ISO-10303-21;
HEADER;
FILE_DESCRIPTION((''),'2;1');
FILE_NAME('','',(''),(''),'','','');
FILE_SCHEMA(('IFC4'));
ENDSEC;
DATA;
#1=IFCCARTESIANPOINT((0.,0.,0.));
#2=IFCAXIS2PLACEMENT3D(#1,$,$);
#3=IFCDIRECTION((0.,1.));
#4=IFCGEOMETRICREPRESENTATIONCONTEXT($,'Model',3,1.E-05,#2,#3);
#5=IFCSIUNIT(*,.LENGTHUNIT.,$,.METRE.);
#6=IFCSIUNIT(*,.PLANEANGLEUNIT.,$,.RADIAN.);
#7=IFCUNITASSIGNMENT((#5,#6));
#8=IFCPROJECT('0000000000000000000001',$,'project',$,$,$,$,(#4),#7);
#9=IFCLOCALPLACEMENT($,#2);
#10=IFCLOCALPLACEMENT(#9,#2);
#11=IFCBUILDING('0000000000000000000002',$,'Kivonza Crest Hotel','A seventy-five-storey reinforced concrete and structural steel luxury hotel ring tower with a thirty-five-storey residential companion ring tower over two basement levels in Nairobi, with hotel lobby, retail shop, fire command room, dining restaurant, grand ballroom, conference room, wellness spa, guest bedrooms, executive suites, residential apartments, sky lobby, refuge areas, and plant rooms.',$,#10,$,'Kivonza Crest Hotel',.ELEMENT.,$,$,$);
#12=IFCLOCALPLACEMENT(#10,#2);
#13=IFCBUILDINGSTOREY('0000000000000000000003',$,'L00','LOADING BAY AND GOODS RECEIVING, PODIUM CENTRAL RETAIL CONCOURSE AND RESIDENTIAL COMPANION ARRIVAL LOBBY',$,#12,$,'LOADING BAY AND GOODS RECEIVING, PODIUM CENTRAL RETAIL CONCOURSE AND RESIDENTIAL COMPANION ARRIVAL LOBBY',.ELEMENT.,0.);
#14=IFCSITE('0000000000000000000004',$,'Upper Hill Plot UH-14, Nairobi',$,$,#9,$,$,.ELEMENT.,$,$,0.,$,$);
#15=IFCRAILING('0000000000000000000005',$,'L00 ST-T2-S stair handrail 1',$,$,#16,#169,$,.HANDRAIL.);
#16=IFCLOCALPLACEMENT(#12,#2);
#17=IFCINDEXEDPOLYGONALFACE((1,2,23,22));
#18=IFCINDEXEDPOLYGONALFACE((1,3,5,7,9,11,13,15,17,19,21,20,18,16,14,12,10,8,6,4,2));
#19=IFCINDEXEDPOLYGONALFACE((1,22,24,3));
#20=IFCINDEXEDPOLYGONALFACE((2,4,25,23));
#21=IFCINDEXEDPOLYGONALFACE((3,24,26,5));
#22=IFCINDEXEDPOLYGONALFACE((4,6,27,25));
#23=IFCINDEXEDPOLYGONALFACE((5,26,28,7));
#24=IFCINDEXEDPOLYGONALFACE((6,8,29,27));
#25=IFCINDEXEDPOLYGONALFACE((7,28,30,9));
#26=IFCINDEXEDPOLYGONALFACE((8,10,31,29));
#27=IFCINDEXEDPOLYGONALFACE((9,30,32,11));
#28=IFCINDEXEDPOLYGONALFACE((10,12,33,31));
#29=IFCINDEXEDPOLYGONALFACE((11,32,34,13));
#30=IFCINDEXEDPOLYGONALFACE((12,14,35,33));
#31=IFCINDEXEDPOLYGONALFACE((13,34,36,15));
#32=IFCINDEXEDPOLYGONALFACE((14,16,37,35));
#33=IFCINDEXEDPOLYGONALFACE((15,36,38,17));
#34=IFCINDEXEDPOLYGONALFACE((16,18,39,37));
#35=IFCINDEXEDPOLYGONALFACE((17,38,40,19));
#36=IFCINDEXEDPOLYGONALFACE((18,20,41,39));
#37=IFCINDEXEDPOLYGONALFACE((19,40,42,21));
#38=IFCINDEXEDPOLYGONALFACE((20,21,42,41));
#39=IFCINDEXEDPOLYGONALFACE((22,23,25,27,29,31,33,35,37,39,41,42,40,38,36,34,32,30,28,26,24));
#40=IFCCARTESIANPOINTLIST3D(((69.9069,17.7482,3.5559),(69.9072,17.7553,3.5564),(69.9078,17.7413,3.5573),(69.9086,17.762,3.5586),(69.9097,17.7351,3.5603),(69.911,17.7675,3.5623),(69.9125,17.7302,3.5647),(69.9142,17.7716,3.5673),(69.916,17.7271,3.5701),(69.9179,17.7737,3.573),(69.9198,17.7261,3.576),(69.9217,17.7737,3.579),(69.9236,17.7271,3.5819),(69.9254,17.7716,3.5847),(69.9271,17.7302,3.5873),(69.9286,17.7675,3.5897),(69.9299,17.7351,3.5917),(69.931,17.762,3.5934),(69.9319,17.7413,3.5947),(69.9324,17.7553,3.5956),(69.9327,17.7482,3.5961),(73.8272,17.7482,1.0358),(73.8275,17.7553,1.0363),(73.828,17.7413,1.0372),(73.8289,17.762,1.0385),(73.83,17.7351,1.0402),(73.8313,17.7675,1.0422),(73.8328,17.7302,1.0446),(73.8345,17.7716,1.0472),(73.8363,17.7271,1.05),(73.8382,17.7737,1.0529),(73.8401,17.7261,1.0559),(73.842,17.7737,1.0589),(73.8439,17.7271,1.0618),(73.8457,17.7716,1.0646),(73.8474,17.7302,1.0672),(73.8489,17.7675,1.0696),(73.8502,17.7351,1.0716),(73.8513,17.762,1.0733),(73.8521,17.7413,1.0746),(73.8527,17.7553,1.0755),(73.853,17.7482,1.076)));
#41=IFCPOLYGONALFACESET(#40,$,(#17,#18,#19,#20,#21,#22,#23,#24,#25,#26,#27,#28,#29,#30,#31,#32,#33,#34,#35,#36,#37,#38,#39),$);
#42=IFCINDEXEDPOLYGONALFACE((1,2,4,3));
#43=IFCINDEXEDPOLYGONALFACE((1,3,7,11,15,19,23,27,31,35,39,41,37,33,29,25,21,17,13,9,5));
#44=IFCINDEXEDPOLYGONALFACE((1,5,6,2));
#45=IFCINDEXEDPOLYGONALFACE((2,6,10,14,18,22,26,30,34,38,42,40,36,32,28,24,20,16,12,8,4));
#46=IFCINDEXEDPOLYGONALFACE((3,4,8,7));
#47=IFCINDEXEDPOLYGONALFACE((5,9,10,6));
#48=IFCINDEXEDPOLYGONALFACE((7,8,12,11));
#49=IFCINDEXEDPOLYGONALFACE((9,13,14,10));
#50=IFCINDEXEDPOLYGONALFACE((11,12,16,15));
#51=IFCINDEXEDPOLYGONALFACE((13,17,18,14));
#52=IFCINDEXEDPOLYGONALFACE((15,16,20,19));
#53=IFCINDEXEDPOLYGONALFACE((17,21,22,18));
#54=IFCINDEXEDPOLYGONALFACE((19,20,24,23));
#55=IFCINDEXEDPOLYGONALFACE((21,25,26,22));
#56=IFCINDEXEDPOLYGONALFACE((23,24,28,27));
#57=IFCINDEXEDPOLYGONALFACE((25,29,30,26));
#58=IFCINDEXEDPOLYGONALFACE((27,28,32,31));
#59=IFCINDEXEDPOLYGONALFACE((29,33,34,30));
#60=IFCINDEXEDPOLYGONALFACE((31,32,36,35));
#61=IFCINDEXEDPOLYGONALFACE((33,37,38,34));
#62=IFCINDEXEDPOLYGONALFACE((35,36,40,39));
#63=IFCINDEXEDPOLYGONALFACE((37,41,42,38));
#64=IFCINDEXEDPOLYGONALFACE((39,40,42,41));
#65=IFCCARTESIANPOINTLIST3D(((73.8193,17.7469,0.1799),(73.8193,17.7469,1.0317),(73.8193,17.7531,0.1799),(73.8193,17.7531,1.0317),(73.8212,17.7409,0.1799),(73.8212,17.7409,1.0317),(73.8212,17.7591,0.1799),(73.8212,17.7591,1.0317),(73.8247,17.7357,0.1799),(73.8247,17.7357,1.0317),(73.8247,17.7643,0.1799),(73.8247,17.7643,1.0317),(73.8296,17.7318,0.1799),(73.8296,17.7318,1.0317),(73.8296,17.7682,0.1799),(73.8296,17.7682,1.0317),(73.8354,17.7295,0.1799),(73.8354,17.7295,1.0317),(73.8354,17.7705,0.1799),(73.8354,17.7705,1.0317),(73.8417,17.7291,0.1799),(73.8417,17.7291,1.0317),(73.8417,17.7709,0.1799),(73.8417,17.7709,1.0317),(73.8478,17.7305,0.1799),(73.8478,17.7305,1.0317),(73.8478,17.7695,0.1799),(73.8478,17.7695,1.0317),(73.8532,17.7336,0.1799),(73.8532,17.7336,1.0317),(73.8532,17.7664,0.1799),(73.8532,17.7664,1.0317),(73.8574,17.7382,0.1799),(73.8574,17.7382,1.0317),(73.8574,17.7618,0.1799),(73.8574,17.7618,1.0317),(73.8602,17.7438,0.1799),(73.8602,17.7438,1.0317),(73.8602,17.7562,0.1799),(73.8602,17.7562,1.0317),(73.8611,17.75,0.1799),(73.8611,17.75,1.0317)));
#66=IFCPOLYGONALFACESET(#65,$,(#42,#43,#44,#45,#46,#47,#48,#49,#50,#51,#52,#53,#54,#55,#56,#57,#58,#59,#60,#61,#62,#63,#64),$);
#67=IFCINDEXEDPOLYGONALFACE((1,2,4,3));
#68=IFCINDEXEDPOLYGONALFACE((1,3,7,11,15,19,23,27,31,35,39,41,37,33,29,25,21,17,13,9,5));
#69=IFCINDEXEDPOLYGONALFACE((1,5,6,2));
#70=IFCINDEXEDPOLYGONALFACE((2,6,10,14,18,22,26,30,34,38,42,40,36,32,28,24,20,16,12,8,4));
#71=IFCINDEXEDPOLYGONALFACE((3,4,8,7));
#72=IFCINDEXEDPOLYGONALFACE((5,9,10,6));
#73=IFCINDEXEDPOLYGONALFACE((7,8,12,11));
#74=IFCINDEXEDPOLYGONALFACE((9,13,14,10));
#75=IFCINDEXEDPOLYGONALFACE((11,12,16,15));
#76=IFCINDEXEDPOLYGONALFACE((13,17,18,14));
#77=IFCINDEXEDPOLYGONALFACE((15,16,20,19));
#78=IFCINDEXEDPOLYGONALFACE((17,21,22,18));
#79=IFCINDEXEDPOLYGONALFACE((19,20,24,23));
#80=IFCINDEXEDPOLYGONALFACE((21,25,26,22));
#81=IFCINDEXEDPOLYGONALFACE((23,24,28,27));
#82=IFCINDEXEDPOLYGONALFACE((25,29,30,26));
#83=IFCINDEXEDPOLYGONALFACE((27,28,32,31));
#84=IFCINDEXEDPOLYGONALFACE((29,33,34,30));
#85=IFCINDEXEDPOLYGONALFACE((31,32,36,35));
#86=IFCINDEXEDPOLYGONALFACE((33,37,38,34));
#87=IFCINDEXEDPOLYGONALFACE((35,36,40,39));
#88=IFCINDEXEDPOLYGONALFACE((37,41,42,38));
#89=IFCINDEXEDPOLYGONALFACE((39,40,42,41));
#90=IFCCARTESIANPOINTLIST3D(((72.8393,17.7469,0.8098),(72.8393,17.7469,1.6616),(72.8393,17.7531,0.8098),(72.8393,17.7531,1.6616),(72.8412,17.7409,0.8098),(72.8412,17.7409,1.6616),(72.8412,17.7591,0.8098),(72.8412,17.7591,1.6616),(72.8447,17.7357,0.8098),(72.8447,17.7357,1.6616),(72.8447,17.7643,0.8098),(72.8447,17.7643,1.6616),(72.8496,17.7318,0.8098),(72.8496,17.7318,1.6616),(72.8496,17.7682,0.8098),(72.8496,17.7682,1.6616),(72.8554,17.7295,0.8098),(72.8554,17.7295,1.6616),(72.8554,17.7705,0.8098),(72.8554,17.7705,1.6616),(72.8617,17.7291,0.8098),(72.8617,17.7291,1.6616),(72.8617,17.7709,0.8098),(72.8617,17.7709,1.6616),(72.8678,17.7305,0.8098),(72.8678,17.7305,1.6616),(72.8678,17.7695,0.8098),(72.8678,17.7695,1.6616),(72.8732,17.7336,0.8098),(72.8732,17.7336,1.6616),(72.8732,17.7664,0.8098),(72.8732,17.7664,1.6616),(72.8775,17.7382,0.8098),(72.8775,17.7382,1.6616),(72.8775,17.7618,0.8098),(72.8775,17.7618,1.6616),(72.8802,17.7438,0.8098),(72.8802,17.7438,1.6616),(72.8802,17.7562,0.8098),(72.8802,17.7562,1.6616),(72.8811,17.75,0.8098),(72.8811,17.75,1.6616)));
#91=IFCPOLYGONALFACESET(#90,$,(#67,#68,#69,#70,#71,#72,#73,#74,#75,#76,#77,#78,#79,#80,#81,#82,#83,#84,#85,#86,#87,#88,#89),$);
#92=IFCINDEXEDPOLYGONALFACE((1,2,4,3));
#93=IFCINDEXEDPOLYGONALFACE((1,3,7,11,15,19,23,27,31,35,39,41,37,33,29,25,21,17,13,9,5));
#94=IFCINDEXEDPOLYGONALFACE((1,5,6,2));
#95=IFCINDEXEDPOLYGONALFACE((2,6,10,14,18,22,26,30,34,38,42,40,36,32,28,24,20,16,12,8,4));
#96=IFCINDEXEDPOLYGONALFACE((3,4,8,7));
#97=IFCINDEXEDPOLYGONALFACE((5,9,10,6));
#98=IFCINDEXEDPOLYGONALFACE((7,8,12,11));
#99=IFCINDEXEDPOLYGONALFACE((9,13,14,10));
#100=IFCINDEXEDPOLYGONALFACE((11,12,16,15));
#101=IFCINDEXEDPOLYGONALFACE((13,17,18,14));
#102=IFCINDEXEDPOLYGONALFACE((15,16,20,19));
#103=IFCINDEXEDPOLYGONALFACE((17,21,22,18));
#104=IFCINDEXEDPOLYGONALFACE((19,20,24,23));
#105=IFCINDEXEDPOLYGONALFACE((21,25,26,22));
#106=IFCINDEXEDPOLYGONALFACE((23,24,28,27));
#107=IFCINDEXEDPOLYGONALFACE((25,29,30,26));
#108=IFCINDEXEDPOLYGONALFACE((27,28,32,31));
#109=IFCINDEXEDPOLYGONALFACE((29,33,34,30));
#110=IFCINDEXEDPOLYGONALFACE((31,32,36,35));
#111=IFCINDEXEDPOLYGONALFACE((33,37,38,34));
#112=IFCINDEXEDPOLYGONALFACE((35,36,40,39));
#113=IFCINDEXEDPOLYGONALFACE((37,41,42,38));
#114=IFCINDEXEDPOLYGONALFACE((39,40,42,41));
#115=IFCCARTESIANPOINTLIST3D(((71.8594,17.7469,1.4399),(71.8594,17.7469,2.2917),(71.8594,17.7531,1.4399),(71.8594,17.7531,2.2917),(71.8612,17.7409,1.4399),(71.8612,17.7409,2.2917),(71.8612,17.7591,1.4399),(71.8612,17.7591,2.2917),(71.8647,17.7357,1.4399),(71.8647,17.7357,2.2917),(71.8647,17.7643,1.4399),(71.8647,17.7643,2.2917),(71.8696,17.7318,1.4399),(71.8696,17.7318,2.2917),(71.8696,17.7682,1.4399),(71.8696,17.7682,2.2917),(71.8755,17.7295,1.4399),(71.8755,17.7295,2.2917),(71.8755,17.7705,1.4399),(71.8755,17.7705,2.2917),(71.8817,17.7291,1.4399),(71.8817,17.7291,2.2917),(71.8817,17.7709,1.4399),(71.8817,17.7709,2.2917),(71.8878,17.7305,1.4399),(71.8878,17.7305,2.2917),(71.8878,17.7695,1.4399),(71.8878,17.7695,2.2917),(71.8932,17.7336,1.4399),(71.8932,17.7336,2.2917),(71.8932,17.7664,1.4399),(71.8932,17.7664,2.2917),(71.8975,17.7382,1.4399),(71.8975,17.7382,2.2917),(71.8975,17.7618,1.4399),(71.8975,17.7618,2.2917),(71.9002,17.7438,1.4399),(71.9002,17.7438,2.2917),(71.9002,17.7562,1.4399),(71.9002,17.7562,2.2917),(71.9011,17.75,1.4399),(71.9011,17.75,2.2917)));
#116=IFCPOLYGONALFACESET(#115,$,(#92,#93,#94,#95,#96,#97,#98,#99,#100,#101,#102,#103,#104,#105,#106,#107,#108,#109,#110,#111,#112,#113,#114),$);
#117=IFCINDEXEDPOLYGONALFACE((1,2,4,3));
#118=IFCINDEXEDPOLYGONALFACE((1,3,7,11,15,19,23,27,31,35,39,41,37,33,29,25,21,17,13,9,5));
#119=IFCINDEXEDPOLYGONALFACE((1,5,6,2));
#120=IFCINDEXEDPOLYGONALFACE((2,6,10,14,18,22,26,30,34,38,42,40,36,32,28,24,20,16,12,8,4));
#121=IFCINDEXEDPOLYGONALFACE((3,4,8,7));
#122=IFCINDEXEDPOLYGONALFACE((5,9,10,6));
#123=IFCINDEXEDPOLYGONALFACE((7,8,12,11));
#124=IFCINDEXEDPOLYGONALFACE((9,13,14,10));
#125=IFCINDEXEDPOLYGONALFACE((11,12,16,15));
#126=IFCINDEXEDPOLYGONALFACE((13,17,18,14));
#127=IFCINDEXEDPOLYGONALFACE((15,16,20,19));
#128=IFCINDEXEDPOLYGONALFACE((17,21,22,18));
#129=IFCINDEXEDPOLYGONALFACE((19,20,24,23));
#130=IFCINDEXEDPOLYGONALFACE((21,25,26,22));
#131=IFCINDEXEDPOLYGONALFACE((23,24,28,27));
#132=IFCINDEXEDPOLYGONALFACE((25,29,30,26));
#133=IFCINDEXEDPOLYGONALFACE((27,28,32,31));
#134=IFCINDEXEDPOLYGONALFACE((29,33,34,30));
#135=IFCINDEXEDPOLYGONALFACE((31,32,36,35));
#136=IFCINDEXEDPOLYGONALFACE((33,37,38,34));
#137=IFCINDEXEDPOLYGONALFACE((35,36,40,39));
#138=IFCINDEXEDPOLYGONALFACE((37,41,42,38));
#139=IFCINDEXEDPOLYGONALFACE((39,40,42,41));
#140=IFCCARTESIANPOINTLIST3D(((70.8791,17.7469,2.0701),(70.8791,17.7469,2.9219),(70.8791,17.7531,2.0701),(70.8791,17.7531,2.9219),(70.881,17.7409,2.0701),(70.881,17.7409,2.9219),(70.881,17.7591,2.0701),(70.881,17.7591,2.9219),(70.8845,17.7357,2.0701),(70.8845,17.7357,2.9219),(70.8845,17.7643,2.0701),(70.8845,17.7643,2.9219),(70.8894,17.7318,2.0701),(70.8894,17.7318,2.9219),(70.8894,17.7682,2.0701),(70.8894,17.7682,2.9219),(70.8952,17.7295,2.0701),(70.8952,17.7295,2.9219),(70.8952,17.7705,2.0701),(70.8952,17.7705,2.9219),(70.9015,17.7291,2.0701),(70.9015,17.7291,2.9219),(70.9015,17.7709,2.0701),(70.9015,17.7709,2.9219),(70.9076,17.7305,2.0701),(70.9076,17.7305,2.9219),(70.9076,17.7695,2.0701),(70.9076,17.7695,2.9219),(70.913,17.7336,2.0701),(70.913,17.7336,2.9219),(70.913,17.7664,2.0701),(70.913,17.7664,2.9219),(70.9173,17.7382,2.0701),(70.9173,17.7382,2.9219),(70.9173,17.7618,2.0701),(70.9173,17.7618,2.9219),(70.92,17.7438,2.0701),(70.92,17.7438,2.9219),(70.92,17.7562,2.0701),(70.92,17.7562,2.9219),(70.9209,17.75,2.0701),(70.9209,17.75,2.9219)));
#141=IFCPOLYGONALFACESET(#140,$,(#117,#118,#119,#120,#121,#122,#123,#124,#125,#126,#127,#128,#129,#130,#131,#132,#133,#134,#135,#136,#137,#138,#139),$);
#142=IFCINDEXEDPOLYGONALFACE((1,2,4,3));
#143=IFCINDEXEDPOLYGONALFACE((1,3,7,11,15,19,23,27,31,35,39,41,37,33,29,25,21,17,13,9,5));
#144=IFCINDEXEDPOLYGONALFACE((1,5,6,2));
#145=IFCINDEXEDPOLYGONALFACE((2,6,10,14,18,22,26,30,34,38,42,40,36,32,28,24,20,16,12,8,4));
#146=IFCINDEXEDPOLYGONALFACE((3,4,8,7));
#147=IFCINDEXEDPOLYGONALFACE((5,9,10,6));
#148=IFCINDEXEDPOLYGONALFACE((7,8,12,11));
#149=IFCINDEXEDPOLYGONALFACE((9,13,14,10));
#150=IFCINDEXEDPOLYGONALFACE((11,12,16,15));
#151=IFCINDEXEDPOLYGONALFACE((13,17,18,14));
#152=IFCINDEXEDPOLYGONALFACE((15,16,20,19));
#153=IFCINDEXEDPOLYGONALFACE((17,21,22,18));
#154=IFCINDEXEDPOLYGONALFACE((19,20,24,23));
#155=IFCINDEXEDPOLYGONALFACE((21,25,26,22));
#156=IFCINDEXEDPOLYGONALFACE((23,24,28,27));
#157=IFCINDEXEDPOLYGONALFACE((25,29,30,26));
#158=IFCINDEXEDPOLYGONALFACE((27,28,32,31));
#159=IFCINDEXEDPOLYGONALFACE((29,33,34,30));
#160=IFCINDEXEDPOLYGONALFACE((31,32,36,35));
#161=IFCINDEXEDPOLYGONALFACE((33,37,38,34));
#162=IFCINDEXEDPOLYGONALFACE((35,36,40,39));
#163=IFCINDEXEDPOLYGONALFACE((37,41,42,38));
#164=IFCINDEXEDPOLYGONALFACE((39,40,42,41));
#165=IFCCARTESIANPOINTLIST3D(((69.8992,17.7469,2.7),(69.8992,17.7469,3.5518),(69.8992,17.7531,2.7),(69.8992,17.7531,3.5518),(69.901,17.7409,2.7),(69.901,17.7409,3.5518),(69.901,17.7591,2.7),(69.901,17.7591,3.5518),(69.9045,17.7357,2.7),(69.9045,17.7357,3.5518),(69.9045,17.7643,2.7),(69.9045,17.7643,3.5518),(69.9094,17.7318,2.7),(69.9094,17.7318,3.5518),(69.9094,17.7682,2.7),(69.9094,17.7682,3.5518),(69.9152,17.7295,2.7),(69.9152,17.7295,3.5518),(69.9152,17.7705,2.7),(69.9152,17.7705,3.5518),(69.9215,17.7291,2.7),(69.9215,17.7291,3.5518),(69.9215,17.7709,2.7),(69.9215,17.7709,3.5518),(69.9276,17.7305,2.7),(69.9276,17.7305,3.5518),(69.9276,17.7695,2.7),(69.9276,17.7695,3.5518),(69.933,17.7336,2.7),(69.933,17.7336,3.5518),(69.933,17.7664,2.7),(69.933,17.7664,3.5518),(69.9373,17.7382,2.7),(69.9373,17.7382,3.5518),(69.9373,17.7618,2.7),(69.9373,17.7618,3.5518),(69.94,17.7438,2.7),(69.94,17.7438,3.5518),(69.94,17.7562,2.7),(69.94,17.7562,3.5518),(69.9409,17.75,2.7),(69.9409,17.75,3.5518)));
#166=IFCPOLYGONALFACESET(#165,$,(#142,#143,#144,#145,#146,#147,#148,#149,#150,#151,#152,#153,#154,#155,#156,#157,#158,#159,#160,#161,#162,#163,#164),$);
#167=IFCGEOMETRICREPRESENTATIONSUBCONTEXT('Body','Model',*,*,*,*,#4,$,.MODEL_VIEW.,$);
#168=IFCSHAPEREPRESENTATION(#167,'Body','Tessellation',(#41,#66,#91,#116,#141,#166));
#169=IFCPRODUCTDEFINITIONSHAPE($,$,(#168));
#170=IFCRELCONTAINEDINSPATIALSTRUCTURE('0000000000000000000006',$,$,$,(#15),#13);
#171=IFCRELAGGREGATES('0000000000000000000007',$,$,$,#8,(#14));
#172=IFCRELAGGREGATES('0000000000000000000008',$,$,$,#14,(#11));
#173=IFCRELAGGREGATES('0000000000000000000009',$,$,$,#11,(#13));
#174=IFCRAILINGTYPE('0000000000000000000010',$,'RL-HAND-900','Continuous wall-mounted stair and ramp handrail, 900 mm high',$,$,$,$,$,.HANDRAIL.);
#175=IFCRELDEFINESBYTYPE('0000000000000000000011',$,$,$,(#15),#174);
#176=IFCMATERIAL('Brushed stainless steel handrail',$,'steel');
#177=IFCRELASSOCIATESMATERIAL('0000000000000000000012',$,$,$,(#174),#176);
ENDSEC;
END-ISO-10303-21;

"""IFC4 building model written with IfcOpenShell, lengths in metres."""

from ifc_helpers import new_model, si_unit, direction, frame, origin, origin_2d, place, context, subcontext, project, spatial, circle, extrude, material, type_object, element, save


model = new_model("IFC4")

# Units and contexts
model_context = context("Model", 3, precision=1e-05, world=origin(), true_north=direction((0.0, 1.0)))
body_context = subcontext(model_context, "Body", "Model", "MODEL_VIEW")
ifc_project = project(units=[si_unit("LENGTHUNIT", "METRE"), si_unit("PLANEANGLEUNIT", "RADIAN")], contexts=[model_context])

# Site, building, storey
site_placement = place(None, origin())
site = spatial("IfcSite", under=ifc_project, at=site_placement, Name="Upper Hill Plot UH-14, Nairobi", CompositionType="ELEMENT", RefElevation=0.0)
building_placement = place(site_placement, origin())
building = spatial("IfcBuilding", under=site, at=building_placement, Name="Kivonza Crest Hotel", Description="A seventy-five-storey reinforced concrete and structural steel luxury hotel ring tower with a thirty-five-storey residential companion ring tower over two basement levels in Nairobi, with hotel lobby, retail shop, fire command room, dining restaurant, grand ballroom, conference room, wellness spa, guest bedrooms, executive suites, residential apartments, sky lobby, refuge areas, and plant rooms.", LongName="Kivonza Crest Hotel", CompositionType="ELEMENT")
storey_placement = place(building_placement, origin())
storey = spatial("IfcBuildingStorey", under=building, at=storey_placement, Name="L00", Description="LOADING BAY AND GOODS RECEIVING, PODIUM CENTRAL RETAIL CONCOURSE AND RESIDENTIAL COMPANION ARRIVAL LOBBY", LongName="LOADING BAY AND GOODS RECEIVING, PODIUM CENTRAL RETAIL CONCOURSE AND RESIDENTIAL COMPANION ARRIVAL LOBBY", CompositionType="ELEMENT", Elevation=0.0)

# Railing
ifc_material_1 = material(Name="Brushed stainless steel handrail", Category="steel")
railing_type_1 = type_object("IfcRailingType", Name="RL-HAND-900", Description="Continuous wall-mounted stair and ramp handrail, 900 mm high", PredefinedType="HANDRAIL", material=ifc_material_1)
railing_1_placement = place(storey_placement, frame((73.8401, 17.75, 0.1799)))
element("IfcRailing", 1, at=railing_1_placement, inside=storey, type_object=railing_type_1, Name="L00 ST-T2-S stair handrail 1", PredefinedType="HANDRAIL", context=body_context, shape_type="SweptSolid", body=[
    extrude(circle(Radius=0.0239, at=origin_2d()), frame((0.0, 0.0, 0.876), z_axis=(-0.841187, 0.0, 0.540744), x_axis=(0.0, -1.0, 0.0)), (0.0, 0.0, 1.0), 4.6604),
    extrude(circle(Radius=0.021, at=origin_2d()), origin(), (0.0, 0.0, 1.0), 0.8518),
    extrude(circle(Radius=0.021, at=origin_2d()), frame((-0.98, 0.0, 0.6299)), (0.0, 0.0, 1.0), 0.8518),
    extrude(circle(Radius=0.021, at=origin_2d()), frame((-1.96, 0.0, 1.26)), (0.0, 0.0, 1.0), 0.8518),
    extrude(circle(Radius=0.021, at=origin_2d()), frame((-2.9402, 0.0, 1.8901)), (0.0, 0.0, 1.0), 0.8518),
    extrude(circle(Radius=0.021, at=origin_2d()), frame((-3.9202, 0.0, 2.52)), (0.0, 0.0, 1.0), 0.8518),
])

save(model, "model.ifc")
